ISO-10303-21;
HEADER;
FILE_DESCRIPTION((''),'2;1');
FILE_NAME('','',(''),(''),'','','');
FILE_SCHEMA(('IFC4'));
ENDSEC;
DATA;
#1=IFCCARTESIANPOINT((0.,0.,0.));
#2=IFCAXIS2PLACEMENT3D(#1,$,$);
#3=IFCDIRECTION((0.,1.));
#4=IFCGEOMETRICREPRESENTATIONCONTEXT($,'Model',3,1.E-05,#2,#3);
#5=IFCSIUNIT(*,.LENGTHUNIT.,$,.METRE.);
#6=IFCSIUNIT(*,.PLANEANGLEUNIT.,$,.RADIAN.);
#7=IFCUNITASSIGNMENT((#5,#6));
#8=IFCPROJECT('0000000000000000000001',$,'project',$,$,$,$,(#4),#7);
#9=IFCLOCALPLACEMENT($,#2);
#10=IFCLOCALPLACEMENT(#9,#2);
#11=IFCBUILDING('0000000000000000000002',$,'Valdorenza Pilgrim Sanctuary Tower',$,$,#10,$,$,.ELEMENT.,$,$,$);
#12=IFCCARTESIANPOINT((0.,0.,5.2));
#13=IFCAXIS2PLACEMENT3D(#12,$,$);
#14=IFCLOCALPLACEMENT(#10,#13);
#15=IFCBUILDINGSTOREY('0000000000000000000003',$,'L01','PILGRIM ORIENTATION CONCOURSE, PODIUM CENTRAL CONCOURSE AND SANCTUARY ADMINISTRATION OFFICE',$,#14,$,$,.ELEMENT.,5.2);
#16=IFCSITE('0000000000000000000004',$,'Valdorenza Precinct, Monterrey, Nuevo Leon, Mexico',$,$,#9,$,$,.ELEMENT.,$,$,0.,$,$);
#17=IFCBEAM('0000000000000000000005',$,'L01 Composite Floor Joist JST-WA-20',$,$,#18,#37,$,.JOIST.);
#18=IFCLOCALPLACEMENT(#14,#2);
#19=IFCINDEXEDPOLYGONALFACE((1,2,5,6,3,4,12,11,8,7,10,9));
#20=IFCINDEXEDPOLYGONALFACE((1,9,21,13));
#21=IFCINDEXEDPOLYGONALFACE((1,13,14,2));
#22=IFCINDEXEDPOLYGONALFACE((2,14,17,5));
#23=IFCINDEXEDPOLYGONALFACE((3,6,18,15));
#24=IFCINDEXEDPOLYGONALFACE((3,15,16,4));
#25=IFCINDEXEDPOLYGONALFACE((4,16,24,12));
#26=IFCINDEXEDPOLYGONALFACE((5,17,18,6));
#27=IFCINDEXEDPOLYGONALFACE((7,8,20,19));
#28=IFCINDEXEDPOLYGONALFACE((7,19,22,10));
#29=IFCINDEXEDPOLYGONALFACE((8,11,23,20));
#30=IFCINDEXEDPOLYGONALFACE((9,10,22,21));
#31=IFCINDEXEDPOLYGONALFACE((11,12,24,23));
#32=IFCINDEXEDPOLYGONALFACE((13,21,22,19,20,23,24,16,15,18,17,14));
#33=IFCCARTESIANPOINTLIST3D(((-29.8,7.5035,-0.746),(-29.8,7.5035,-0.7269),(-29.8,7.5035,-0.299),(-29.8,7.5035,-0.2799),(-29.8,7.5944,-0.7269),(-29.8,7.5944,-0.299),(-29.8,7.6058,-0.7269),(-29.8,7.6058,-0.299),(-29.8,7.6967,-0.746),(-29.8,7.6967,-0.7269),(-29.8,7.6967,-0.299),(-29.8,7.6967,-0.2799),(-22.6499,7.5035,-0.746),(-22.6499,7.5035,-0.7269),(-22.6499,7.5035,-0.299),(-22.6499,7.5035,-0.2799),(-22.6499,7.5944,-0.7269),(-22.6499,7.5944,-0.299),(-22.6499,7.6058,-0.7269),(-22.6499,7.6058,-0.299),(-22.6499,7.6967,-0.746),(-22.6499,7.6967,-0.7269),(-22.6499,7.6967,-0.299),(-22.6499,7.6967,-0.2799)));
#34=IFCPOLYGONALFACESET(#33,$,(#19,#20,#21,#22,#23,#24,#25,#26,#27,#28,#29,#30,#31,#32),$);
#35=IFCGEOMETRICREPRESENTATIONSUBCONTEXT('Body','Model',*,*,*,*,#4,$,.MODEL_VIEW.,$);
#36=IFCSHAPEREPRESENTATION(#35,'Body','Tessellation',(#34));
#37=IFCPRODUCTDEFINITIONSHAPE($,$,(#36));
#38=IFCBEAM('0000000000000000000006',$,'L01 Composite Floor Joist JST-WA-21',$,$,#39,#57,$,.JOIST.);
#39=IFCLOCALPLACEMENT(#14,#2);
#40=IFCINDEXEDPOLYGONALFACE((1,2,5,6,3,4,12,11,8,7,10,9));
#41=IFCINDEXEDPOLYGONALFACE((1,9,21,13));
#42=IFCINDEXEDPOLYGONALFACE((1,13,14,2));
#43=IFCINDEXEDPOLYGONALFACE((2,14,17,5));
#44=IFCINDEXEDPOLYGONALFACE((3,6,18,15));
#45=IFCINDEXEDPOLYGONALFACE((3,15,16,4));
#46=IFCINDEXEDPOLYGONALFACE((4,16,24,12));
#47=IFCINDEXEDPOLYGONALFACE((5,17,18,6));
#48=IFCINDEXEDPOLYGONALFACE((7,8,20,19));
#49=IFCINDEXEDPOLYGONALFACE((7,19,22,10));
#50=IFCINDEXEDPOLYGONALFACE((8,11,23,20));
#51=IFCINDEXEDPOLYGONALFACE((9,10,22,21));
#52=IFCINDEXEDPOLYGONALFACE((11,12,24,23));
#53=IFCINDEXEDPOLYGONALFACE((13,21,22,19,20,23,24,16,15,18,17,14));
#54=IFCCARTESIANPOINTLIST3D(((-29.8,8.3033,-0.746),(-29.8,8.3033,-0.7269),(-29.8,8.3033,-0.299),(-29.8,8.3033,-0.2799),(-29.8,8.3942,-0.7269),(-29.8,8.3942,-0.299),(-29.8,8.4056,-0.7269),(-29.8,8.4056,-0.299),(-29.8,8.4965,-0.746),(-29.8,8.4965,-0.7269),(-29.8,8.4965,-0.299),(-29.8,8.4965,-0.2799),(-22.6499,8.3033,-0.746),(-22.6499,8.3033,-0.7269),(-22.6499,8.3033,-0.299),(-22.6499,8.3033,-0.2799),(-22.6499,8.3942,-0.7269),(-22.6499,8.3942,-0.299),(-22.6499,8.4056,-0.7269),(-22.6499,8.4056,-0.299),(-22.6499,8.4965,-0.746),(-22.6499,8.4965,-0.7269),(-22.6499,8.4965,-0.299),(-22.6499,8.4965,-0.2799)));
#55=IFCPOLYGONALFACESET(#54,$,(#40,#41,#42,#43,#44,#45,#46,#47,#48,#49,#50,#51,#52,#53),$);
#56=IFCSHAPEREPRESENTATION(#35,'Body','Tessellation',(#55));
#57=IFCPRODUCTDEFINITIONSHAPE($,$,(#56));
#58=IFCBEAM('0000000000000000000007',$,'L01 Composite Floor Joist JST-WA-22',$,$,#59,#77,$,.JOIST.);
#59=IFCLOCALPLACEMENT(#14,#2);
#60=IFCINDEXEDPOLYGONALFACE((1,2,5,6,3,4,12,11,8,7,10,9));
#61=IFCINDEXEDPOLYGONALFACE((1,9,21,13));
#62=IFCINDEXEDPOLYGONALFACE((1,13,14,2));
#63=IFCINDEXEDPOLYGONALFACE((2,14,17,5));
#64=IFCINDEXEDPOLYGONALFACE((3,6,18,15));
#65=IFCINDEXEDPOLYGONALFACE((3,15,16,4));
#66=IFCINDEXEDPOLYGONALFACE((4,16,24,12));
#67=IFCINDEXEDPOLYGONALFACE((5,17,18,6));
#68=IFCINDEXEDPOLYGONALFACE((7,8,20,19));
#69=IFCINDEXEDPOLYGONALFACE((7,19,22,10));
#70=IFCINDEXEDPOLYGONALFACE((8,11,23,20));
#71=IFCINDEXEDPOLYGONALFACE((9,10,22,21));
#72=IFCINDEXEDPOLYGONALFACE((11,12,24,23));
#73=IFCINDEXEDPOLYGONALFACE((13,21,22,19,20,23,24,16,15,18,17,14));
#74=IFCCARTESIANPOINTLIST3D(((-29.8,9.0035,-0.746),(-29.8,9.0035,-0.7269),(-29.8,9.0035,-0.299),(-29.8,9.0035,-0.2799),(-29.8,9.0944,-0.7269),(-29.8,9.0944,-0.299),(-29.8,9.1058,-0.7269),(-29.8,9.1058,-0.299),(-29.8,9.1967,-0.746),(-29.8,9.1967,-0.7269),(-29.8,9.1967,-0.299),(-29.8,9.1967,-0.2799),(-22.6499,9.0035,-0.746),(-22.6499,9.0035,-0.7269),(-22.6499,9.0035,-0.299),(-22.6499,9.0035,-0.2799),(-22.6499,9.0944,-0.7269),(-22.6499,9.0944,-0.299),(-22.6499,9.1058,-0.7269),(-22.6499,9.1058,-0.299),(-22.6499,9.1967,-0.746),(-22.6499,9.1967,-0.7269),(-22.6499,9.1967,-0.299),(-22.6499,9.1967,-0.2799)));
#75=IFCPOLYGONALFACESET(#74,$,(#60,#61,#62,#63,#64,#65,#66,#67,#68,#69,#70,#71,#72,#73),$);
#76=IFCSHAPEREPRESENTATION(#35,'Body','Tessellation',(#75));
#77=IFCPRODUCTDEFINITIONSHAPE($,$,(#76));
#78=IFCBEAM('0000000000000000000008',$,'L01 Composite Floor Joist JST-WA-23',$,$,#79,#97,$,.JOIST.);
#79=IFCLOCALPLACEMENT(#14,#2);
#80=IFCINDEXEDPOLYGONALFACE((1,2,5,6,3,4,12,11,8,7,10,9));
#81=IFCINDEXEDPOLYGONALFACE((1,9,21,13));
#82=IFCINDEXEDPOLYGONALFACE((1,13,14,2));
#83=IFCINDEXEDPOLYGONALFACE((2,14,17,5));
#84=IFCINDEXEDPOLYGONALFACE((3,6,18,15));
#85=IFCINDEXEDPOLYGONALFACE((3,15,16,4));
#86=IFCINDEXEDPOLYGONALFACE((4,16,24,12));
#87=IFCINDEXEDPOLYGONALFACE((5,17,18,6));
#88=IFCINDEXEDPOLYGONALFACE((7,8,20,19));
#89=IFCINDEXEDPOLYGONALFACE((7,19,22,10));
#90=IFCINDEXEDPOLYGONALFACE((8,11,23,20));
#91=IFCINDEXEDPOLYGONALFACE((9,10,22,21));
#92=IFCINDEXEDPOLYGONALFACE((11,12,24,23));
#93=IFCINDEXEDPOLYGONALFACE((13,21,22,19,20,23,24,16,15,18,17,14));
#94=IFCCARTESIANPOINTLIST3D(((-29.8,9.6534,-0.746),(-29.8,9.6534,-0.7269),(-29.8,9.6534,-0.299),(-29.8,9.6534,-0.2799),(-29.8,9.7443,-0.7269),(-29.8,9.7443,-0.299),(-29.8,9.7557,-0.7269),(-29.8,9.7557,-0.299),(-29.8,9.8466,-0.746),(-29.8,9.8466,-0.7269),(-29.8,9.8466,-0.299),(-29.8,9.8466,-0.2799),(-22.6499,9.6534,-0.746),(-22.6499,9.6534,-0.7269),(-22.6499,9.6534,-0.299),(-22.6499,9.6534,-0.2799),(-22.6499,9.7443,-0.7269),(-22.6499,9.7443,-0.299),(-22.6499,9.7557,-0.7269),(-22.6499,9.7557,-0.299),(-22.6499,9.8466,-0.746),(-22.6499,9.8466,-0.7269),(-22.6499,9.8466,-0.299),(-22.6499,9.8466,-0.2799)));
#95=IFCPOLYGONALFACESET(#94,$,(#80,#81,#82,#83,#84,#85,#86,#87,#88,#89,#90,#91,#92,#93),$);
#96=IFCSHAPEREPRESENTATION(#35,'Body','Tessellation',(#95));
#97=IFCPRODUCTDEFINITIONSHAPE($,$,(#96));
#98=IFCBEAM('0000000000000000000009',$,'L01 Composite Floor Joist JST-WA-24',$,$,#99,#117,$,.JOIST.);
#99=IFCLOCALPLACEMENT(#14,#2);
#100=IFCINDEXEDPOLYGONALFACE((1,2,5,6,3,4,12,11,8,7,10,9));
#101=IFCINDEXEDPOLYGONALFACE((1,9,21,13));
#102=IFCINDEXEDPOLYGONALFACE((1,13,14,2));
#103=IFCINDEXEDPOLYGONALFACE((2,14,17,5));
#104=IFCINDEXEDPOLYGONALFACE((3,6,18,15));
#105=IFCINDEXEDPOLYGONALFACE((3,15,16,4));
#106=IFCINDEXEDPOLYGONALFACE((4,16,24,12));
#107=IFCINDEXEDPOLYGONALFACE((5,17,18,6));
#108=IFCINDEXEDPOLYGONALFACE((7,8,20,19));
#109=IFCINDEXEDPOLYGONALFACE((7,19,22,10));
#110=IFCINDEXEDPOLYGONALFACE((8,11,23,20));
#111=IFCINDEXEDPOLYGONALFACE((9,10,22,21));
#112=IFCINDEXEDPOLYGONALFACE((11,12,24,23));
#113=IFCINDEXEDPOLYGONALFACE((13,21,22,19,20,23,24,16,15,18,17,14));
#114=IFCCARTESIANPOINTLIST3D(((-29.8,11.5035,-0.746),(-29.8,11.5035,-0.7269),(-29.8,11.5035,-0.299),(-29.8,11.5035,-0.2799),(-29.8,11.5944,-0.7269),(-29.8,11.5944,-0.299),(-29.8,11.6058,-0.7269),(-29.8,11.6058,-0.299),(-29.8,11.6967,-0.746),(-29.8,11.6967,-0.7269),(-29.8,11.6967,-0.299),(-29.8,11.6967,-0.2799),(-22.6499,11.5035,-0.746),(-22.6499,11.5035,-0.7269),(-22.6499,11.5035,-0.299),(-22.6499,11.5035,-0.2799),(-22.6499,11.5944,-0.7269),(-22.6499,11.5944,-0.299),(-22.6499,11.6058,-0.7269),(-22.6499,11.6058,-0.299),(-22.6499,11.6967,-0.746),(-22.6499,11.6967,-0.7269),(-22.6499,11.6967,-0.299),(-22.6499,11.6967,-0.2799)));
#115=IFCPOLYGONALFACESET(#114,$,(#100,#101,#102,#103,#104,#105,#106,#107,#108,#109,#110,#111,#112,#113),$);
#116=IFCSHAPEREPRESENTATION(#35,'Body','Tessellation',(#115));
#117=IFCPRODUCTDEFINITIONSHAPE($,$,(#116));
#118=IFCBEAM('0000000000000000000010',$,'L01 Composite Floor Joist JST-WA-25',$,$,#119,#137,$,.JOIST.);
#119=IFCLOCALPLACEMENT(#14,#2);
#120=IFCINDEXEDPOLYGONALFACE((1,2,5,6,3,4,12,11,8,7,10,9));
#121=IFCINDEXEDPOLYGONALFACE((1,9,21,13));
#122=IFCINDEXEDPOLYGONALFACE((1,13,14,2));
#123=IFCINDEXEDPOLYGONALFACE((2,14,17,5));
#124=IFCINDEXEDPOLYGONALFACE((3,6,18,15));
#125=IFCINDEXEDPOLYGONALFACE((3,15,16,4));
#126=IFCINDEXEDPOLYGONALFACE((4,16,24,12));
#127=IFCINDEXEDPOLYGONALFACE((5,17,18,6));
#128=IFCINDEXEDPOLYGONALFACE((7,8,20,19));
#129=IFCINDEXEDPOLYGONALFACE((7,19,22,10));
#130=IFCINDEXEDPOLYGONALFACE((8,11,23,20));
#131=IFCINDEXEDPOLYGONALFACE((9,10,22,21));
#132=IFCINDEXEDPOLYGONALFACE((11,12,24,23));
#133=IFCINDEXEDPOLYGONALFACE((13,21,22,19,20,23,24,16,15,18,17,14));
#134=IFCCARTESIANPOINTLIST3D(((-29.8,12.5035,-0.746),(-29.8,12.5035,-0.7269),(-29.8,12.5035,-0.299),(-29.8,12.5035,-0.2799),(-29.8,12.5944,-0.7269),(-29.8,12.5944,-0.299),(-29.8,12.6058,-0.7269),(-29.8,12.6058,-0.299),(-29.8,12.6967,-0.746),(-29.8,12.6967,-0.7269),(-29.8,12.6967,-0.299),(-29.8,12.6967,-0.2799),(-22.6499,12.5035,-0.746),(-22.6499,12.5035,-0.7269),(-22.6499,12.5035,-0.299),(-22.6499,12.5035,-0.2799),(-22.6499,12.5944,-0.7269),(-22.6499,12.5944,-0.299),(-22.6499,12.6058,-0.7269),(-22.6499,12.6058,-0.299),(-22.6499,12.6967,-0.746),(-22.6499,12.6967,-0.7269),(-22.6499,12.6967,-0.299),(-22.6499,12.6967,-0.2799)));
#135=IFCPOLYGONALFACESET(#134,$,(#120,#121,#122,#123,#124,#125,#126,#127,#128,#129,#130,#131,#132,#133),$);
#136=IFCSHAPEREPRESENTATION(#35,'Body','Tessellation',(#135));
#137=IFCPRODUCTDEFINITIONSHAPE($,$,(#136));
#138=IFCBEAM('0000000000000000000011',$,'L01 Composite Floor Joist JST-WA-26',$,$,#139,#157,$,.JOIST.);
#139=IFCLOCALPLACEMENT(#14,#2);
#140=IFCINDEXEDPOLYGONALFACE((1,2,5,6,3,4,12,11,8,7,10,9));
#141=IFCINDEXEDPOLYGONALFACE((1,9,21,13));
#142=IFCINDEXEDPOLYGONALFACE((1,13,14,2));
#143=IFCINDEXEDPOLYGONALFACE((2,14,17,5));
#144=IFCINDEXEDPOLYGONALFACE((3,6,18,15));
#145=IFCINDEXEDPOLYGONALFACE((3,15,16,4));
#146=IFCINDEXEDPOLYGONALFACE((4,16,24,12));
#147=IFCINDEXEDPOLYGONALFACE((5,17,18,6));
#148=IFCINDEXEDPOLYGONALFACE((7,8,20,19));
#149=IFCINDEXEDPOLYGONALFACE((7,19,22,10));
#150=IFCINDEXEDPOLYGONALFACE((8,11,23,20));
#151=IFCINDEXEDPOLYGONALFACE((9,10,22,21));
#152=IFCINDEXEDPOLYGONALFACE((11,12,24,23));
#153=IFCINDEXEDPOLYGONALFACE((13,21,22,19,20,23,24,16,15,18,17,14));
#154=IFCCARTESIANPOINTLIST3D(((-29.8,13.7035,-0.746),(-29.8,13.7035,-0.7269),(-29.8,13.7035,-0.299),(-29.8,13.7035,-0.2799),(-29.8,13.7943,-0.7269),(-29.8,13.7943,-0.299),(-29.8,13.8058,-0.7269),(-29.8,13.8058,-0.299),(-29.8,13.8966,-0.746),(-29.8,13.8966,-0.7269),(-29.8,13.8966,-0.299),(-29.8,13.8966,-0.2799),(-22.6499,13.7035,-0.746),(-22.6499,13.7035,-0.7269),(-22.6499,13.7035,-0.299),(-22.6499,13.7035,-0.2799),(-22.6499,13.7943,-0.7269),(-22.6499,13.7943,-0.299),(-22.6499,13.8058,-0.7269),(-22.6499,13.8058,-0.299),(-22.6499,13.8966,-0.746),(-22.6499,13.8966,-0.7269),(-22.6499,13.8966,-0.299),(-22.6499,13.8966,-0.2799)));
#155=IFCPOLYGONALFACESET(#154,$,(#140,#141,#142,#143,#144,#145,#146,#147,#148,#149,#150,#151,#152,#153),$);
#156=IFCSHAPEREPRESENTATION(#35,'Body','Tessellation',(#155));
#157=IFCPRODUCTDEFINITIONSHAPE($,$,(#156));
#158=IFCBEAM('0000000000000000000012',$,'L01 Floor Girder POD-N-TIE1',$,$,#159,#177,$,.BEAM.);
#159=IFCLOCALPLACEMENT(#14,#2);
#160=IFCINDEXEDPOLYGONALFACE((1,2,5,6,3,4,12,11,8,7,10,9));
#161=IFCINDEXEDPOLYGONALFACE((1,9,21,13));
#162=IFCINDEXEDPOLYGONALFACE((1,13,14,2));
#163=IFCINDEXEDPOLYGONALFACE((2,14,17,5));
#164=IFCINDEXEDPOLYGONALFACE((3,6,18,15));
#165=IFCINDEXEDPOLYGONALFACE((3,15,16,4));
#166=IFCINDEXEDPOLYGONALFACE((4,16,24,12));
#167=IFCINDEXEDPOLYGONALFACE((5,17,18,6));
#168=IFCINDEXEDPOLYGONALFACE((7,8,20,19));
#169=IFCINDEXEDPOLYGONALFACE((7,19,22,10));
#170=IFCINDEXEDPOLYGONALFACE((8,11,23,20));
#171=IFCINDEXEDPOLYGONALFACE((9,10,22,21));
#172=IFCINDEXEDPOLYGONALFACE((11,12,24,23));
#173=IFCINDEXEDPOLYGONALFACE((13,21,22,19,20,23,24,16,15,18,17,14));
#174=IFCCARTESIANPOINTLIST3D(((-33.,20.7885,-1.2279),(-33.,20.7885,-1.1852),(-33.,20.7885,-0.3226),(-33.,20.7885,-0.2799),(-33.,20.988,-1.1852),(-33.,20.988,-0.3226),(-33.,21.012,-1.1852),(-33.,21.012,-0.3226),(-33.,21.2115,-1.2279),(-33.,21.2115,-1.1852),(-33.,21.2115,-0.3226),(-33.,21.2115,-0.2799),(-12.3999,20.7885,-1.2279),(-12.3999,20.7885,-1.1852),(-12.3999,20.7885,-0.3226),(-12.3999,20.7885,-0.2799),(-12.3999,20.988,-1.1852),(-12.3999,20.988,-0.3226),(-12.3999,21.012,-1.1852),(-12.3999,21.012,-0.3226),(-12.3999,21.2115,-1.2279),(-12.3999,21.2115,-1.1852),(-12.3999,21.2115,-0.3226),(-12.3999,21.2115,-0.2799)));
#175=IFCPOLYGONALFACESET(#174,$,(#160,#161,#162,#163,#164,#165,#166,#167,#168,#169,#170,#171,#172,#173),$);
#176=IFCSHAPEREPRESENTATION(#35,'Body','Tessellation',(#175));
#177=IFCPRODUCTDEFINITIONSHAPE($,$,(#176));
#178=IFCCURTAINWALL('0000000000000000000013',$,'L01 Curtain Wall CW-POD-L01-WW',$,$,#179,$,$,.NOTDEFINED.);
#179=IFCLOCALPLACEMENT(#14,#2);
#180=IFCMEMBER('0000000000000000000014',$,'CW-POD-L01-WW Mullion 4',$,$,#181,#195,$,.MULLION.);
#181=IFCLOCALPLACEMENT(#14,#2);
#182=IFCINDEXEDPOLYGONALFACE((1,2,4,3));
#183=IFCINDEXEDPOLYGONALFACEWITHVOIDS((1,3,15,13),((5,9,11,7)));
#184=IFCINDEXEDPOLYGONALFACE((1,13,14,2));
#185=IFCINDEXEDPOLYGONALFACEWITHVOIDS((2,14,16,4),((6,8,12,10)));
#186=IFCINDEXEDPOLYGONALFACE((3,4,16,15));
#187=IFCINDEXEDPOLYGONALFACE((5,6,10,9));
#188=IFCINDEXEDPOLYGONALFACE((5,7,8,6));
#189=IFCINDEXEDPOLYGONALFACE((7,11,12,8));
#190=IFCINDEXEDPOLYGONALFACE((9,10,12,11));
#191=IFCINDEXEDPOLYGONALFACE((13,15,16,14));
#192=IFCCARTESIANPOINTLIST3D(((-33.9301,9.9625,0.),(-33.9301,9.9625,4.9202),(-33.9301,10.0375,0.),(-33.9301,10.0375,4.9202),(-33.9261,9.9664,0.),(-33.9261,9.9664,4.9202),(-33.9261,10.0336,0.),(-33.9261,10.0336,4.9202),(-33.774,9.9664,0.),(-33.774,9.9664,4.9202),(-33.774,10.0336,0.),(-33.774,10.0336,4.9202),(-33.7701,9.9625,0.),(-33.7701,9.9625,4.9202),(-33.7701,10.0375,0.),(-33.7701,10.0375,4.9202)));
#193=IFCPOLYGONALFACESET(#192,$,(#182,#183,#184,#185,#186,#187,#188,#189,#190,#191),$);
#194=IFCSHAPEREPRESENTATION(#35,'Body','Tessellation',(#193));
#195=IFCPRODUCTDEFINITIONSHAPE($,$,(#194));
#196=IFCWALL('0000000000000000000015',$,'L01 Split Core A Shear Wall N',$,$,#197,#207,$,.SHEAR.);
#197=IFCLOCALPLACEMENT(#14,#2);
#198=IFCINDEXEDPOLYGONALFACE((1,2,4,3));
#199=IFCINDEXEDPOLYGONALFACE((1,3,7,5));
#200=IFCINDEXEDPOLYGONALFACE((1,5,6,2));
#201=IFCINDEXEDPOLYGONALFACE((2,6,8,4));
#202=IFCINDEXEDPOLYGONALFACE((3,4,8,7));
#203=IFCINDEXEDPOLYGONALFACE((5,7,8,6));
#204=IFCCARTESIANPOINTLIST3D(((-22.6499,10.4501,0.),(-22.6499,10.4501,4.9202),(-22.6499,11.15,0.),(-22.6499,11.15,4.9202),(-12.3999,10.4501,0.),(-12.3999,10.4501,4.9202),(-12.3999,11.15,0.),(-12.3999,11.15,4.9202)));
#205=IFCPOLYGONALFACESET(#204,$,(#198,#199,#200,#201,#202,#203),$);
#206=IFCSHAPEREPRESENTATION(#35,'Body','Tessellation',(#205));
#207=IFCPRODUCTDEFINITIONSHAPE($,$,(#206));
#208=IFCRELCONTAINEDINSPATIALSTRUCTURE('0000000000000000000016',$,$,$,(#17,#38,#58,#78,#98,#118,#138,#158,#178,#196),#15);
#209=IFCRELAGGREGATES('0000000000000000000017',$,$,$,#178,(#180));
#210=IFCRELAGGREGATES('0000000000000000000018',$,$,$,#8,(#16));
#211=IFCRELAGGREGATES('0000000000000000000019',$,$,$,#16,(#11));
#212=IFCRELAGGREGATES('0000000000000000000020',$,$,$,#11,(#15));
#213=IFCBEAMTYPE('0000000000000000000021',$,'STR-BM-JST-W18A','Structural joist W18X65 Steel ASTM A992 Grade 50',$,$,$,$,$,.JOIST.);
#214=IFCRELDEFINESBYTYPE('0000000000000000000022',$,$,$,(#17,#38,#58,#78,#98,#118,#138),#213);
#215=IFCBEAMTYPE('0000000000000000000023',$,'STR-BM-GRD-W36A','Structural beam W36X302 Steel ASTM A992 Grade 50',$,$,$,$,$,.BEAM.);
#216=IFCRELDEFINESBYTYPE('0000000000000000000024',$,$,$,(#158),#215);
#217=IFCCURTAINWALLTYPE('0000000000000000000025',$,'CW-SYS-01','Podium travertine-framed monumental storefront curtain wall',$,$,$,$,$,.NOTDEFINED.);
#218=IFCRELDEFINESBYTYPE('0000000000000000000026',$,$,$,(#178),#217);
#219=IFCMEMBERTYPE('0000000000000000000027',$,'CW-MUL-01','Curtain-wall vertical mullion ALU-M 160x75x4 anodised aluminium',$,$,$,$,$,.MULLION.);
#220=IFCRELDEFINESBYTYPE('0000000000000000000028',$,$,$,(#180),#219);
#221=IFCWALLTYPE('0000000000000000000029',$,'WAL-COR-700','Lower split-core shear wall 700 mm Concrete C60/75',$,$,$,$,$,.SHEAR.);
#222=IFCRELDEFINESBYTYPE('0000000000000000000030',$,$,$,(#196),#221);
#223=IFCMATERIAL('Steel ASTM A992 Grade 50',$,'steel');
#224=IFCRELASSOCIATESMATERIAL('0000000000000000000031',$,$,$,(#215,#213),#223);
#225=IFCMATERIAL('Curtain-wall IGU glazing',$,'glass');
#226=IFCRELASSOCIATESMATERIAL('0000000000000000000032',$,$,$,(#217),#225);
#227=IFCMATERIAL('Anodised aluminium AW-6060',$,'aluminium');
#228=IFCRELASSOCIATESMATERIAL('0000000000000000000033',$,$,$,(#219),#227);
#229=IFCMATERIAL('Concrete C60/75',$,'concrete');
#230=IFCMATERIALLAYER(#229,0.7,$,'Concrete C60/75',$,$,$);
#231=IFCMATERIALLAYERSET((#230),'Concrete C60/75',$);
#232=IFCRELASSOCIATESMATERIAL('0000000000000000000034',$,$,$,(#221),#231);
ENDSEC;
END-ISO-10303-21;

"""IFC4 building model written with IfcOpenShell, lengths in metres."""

from ifc_helpers import new_model, si_unit, direction, frame, frame_2d, origin, origin_2d, place, context, subcontext, project, spatial, rectangle, hollow_rectangle, i_section, extrude, source, transform, mapped, material, layer, layer_set, material_profile, profile_set, type_object, element, aggregate, save


model = new_model("IFC4")

# Units and contexts
model_context = context("Model", 3, precision=1e-05, world=origin(), true_north=direction((0.0, 1.0)))
body_context = subcontext(model_context, "Body", "Model", "MODEL_VIEW")
ifc_project = project(units=[si_unit("LENGTHUNIT", "METRE"), si_unit("PLANEANGLEUNIT", "RADIAN")], contexts=[model_context])

# Site, building, storey
site_placement = place(None, origin())
site = spatial("IfcSite", under=ifc_project, at=site_placement, Name="Valdorenza Precinct, Monterrey, Nuevo Leon, Mexico", CompositionType="ELEMENT", RefElevation=0.0)
building_placement = place(site_placement, origin())
building = spatial("IfcBuilding", under=site, at=building_placement, Name="Valdorenza Pilgrim Sanctuary Tower", CompositionType="ELEMENT")
storey_placement = place(building_placement, frame((0.0, 0.0, 5.2)))
storey = spatial("IfcBuildingStorey", under=building, at=storey_placement, Name="L01", Description="PILGRIM ORIENTATION CONCOURSE, PODIUM CENTRAL CONCOURSE AND SANCTUARY ADMINISTRATION OFFICE", CompositionType="ELEMENT", Elevation=5.2)

# Shared definitions
ifc_material_1 = material(Name="Concrete C60/75", Category="concrete")

# Beams
ifc_material_2 = material(Name="Steel ASTM A992 Grade 50", Category="steel")
ifc_material_profile_1 = material_profile(ifc_material_2, i_section(OverallWidth=0.4231, OverallDepth=0.948, WebThickness=0.0239, FlangeThickness=0.0427, at=origin_2d()), Name="W36X302")
ifc_profile_set_1 = profile_set([ifc_material_profile_1], Name="Steel ASTM A992 Grade 50")
beam_type_1 = type_object("IfcBeamType", Name="STR-BM-GRD-W36A", Description="Structural beam W36X302 Steel ASTM A992 Grade 50", PredefinedType="BEAM", material=ifc_profile_set_1)
ifc_material_profile_2 = material_profile(ifc_material_2, i_section(OverallWidth=0.1931, OverallDepth=0.4661, WebThickness=0.0115, FlangeThickness=0.019, at=origin_2d()), Name="W18X65")
ifc_profile_set_2 = profile_set([ifc_material_profile_2], Name="Steel ASTM A992 Grade 50")
beam_type_2 = type_object("IfcBeamType", Name="STR-BM-JST-W18A", Description="Structural joist W18X65 Steel ASTM A992 Grade 50", PredefinedType="JOIST", material=ifc_profile_set_2)
shared_shape_1 = source(origin(), body_context, "Body", "SweptSolid", [
    extrude(i_section(OverallWidth=0.1931, OverallDepth=0.4661, WebThickness=0.0115, FlangeThickness=0.019, at=origin_2d()), origin(), (0.0, 0.0, 1.0), 7.1501),
])
for number, where, z_axis, x_axis, name in (
    (1, (-29.8, 7.6001, -0.5129), (1.0, 0.0, 0.0), (0.0, 1.0, 0.0), "L01 Composite Floor Joist JST-WA-20"),
    (2, (-29.8, 8.3999, -0.5129), (1.0, 0.0, 0.0), (0.0, 1.0, 0.0), "L01 Composite Floor Joist JST-WA-21"),
    (3, (-29.8, 9.1001, -0.5129), (1.0, 0.0, 0.0), (0.0, 1.0, 0.0), "L01 Composite Floor Joist JST-WA-22"),
    (4, (-29.8, 9.75, -0.5129), (1.0, 0.0, 0.0), (0.0, 1.0, 0.0), "L01 Composite Floor Joist JST-WA-23"),
    (5, (-29.8, 11.6001, -0.5129), (1.0, 0.0, 0.0), (0.0, 1.0, 0.0), "L01 Composite Floor Joist JST-WA-24"),
    (6, (-29.8, 12.6001, -0.5129), (1.0, 0.0, 0.0), (0.0, 1.0, 0.0), "L01 Composite Floor Joist JST-WA-25"),
    (7, (-29.8, 13.8, -0.5129), (1.0, 0.0, 0.0), (0.0, 1.0, 0.0), "L01 Composite Floor Joist JST-WA-26"),
):
    element("IfcBeam", number, at=place(storey_placement, frame(where, z_axis=z_axis, x_axis=x_axis)), inside=storey, type_object=beam_type_2, Name=name, PredefinedType="JOIST", context=body_context, shape_type="MappedRepresentation", body=[
        mapped(shared_shape_1, transform((0.0, 0.0, 0.0), x_axis=(1.0, 0.0, 0.0), y_axis=(0.0, 1.0, 0.0), z_axis=(0.0, 0.0, 1.0), scale=1.0)),
    ])
shared_shape_2 = source(origin(), body_context, "Body", "SweptSolid", [
    extrude(i_section(OverallWidth=0.4231, OverallDepth=0.948, WebThickness=0.0239, FlangeThickness=0.0427, at=origin_2d()), origin(), (0.0, 0.0, 1.0), 20.6001),
])
beam_1_placement = place(storey_placement, frame((-33.0, 21.0, -0.7539), z_axis=(1.0, 0.0, 0.0), x_axis=(0.0, 1.0, 0.0)))
element("IfcBeam", 8, at=beam_1_placement, inside=storey, type_object=beam_type_1, Name="L01 Floor Girder POD-N-TIE1", PredefinedType="BEAM", context=body_context, shape_type="MappedRepresentation", body=[
    mapped(shared_shape_2, transform((0.0, 0.0, 0.0), x_axis=(1.0, 0.0, 0.0), y_axis=(0.0, 1.0, 0.0), z_axis=(0.0, 0.0, 1.0), scale=1.0)),
])

# Curtain wall, member
ifc_material_3 = material(Name="Curtain-wall IGU glazing", Category="glass")
curtain_wall_type = type_object("IfcCurtainWallType", Name="CW-SYS-01", Description="Podium travertine-framed monumental storefront curtain wall", PredefinedType="NOTDEFINED", material=ifc_material_3)
curtain_wall_placement = place(storey_placement, origin())
curtain_wall = element("IfcCurtainWall", 9, at=curtain_wall_placement, inside=storey, type_object=curtain_wall_type, Name="L01 Curtain Wall CW-POD-L01-WW", PredefinedType="NOTDEFINED")
ifc_material_4 = material(Name="Anodised aluminium AW-6060", Category="aluminium")
ifc_material_profile_3 = material_profile(ifc_material_4, hollow_rectangle(XDim=0.075, YDim=0.1599, WallThickness=0.0039, at=origin_2d()), Name="ALU-M 160x75x4")
ifc_profile_set_3 = profile_set([ifc_material_profile_3], Name="Anodised aluminium AW-6060")
member_type = type_object("IfcMemberType", Name="CW-MUL-01", Description="Curtain-wall vertical mullion ALU-M 160x75x4 anodised aluminium", PredefinedType="MULLION", material=ifc_profile_set_3)
shared_shape_3 = source(origin(), body_context, "Body", "SweptSolid", [
    extrude(hollow_rectangle(XDim=0.075, YDim=0.1599, WallThickness=0.0039, at=origin_2d()), origin(), (0.0, 0.0, 1.0), 4.9202),
])
member_placement = place(storey_placement, frame((-33.8501, 10.0, 0.0), z_axis=(0.0, 0.0, 1.0), x_axis=(0.0, 1.0, 0.0)))
member = element("IfcMember", 10, at=member_placement, type_object=member_type, Name="CW-POD-L01-WW Mullion 4", PredefinedType="MULLION", context=body_context, shape_type="MappedRepresentation", body=[
    mapped(shared_shape_3, transform((0.0, 0.0, 0.0), x_axis=(1.0, 0.0, 0.0), y_axis=(0.0, 1.0, 0.0), z_axis=(0.0, 0.0, 1.0), scale=1.0)),
])
aggregate(curtain_wall, [member])

# Wall
ifc_layer_1 = layer(ifc_material_1, 0.7, Name="Concrete C60/75")
ifc_layer_set_1 = layer_set([ifc_layer_1], Name="Concrete C60/75")
wall_type_1 = type_object("IfcWallType", Name="WAL-COR-700", Description="Lower split-core shear wall 700 mm Concrete C60/75", PredefinedType="SHEAR", material=ifc_layer_set_1)
wall_1_placement = place(storey_placement, frame((-22.6499, 10.8, 0.0), z_axis=(0.0, 0.0, 1.0), x_axis=(1.0, 0.0, 0.0)))
element("IfcWall", 11, at=wall_1_placement, inside=storey, type_object=wall_type_1, Name="L01 Split Core A Shear Wall N", PredefinedType="SHEAR", context=body_context, shape_type="SweptSolid", body=[
    extrude(rectangle(XDim=10.25, YDim=0.7, at=frame_2d((5.125, 0.0))), origin(), (0.0, 0.0, 1.0), 4.9202),
])

save(model, "model.ifc")
